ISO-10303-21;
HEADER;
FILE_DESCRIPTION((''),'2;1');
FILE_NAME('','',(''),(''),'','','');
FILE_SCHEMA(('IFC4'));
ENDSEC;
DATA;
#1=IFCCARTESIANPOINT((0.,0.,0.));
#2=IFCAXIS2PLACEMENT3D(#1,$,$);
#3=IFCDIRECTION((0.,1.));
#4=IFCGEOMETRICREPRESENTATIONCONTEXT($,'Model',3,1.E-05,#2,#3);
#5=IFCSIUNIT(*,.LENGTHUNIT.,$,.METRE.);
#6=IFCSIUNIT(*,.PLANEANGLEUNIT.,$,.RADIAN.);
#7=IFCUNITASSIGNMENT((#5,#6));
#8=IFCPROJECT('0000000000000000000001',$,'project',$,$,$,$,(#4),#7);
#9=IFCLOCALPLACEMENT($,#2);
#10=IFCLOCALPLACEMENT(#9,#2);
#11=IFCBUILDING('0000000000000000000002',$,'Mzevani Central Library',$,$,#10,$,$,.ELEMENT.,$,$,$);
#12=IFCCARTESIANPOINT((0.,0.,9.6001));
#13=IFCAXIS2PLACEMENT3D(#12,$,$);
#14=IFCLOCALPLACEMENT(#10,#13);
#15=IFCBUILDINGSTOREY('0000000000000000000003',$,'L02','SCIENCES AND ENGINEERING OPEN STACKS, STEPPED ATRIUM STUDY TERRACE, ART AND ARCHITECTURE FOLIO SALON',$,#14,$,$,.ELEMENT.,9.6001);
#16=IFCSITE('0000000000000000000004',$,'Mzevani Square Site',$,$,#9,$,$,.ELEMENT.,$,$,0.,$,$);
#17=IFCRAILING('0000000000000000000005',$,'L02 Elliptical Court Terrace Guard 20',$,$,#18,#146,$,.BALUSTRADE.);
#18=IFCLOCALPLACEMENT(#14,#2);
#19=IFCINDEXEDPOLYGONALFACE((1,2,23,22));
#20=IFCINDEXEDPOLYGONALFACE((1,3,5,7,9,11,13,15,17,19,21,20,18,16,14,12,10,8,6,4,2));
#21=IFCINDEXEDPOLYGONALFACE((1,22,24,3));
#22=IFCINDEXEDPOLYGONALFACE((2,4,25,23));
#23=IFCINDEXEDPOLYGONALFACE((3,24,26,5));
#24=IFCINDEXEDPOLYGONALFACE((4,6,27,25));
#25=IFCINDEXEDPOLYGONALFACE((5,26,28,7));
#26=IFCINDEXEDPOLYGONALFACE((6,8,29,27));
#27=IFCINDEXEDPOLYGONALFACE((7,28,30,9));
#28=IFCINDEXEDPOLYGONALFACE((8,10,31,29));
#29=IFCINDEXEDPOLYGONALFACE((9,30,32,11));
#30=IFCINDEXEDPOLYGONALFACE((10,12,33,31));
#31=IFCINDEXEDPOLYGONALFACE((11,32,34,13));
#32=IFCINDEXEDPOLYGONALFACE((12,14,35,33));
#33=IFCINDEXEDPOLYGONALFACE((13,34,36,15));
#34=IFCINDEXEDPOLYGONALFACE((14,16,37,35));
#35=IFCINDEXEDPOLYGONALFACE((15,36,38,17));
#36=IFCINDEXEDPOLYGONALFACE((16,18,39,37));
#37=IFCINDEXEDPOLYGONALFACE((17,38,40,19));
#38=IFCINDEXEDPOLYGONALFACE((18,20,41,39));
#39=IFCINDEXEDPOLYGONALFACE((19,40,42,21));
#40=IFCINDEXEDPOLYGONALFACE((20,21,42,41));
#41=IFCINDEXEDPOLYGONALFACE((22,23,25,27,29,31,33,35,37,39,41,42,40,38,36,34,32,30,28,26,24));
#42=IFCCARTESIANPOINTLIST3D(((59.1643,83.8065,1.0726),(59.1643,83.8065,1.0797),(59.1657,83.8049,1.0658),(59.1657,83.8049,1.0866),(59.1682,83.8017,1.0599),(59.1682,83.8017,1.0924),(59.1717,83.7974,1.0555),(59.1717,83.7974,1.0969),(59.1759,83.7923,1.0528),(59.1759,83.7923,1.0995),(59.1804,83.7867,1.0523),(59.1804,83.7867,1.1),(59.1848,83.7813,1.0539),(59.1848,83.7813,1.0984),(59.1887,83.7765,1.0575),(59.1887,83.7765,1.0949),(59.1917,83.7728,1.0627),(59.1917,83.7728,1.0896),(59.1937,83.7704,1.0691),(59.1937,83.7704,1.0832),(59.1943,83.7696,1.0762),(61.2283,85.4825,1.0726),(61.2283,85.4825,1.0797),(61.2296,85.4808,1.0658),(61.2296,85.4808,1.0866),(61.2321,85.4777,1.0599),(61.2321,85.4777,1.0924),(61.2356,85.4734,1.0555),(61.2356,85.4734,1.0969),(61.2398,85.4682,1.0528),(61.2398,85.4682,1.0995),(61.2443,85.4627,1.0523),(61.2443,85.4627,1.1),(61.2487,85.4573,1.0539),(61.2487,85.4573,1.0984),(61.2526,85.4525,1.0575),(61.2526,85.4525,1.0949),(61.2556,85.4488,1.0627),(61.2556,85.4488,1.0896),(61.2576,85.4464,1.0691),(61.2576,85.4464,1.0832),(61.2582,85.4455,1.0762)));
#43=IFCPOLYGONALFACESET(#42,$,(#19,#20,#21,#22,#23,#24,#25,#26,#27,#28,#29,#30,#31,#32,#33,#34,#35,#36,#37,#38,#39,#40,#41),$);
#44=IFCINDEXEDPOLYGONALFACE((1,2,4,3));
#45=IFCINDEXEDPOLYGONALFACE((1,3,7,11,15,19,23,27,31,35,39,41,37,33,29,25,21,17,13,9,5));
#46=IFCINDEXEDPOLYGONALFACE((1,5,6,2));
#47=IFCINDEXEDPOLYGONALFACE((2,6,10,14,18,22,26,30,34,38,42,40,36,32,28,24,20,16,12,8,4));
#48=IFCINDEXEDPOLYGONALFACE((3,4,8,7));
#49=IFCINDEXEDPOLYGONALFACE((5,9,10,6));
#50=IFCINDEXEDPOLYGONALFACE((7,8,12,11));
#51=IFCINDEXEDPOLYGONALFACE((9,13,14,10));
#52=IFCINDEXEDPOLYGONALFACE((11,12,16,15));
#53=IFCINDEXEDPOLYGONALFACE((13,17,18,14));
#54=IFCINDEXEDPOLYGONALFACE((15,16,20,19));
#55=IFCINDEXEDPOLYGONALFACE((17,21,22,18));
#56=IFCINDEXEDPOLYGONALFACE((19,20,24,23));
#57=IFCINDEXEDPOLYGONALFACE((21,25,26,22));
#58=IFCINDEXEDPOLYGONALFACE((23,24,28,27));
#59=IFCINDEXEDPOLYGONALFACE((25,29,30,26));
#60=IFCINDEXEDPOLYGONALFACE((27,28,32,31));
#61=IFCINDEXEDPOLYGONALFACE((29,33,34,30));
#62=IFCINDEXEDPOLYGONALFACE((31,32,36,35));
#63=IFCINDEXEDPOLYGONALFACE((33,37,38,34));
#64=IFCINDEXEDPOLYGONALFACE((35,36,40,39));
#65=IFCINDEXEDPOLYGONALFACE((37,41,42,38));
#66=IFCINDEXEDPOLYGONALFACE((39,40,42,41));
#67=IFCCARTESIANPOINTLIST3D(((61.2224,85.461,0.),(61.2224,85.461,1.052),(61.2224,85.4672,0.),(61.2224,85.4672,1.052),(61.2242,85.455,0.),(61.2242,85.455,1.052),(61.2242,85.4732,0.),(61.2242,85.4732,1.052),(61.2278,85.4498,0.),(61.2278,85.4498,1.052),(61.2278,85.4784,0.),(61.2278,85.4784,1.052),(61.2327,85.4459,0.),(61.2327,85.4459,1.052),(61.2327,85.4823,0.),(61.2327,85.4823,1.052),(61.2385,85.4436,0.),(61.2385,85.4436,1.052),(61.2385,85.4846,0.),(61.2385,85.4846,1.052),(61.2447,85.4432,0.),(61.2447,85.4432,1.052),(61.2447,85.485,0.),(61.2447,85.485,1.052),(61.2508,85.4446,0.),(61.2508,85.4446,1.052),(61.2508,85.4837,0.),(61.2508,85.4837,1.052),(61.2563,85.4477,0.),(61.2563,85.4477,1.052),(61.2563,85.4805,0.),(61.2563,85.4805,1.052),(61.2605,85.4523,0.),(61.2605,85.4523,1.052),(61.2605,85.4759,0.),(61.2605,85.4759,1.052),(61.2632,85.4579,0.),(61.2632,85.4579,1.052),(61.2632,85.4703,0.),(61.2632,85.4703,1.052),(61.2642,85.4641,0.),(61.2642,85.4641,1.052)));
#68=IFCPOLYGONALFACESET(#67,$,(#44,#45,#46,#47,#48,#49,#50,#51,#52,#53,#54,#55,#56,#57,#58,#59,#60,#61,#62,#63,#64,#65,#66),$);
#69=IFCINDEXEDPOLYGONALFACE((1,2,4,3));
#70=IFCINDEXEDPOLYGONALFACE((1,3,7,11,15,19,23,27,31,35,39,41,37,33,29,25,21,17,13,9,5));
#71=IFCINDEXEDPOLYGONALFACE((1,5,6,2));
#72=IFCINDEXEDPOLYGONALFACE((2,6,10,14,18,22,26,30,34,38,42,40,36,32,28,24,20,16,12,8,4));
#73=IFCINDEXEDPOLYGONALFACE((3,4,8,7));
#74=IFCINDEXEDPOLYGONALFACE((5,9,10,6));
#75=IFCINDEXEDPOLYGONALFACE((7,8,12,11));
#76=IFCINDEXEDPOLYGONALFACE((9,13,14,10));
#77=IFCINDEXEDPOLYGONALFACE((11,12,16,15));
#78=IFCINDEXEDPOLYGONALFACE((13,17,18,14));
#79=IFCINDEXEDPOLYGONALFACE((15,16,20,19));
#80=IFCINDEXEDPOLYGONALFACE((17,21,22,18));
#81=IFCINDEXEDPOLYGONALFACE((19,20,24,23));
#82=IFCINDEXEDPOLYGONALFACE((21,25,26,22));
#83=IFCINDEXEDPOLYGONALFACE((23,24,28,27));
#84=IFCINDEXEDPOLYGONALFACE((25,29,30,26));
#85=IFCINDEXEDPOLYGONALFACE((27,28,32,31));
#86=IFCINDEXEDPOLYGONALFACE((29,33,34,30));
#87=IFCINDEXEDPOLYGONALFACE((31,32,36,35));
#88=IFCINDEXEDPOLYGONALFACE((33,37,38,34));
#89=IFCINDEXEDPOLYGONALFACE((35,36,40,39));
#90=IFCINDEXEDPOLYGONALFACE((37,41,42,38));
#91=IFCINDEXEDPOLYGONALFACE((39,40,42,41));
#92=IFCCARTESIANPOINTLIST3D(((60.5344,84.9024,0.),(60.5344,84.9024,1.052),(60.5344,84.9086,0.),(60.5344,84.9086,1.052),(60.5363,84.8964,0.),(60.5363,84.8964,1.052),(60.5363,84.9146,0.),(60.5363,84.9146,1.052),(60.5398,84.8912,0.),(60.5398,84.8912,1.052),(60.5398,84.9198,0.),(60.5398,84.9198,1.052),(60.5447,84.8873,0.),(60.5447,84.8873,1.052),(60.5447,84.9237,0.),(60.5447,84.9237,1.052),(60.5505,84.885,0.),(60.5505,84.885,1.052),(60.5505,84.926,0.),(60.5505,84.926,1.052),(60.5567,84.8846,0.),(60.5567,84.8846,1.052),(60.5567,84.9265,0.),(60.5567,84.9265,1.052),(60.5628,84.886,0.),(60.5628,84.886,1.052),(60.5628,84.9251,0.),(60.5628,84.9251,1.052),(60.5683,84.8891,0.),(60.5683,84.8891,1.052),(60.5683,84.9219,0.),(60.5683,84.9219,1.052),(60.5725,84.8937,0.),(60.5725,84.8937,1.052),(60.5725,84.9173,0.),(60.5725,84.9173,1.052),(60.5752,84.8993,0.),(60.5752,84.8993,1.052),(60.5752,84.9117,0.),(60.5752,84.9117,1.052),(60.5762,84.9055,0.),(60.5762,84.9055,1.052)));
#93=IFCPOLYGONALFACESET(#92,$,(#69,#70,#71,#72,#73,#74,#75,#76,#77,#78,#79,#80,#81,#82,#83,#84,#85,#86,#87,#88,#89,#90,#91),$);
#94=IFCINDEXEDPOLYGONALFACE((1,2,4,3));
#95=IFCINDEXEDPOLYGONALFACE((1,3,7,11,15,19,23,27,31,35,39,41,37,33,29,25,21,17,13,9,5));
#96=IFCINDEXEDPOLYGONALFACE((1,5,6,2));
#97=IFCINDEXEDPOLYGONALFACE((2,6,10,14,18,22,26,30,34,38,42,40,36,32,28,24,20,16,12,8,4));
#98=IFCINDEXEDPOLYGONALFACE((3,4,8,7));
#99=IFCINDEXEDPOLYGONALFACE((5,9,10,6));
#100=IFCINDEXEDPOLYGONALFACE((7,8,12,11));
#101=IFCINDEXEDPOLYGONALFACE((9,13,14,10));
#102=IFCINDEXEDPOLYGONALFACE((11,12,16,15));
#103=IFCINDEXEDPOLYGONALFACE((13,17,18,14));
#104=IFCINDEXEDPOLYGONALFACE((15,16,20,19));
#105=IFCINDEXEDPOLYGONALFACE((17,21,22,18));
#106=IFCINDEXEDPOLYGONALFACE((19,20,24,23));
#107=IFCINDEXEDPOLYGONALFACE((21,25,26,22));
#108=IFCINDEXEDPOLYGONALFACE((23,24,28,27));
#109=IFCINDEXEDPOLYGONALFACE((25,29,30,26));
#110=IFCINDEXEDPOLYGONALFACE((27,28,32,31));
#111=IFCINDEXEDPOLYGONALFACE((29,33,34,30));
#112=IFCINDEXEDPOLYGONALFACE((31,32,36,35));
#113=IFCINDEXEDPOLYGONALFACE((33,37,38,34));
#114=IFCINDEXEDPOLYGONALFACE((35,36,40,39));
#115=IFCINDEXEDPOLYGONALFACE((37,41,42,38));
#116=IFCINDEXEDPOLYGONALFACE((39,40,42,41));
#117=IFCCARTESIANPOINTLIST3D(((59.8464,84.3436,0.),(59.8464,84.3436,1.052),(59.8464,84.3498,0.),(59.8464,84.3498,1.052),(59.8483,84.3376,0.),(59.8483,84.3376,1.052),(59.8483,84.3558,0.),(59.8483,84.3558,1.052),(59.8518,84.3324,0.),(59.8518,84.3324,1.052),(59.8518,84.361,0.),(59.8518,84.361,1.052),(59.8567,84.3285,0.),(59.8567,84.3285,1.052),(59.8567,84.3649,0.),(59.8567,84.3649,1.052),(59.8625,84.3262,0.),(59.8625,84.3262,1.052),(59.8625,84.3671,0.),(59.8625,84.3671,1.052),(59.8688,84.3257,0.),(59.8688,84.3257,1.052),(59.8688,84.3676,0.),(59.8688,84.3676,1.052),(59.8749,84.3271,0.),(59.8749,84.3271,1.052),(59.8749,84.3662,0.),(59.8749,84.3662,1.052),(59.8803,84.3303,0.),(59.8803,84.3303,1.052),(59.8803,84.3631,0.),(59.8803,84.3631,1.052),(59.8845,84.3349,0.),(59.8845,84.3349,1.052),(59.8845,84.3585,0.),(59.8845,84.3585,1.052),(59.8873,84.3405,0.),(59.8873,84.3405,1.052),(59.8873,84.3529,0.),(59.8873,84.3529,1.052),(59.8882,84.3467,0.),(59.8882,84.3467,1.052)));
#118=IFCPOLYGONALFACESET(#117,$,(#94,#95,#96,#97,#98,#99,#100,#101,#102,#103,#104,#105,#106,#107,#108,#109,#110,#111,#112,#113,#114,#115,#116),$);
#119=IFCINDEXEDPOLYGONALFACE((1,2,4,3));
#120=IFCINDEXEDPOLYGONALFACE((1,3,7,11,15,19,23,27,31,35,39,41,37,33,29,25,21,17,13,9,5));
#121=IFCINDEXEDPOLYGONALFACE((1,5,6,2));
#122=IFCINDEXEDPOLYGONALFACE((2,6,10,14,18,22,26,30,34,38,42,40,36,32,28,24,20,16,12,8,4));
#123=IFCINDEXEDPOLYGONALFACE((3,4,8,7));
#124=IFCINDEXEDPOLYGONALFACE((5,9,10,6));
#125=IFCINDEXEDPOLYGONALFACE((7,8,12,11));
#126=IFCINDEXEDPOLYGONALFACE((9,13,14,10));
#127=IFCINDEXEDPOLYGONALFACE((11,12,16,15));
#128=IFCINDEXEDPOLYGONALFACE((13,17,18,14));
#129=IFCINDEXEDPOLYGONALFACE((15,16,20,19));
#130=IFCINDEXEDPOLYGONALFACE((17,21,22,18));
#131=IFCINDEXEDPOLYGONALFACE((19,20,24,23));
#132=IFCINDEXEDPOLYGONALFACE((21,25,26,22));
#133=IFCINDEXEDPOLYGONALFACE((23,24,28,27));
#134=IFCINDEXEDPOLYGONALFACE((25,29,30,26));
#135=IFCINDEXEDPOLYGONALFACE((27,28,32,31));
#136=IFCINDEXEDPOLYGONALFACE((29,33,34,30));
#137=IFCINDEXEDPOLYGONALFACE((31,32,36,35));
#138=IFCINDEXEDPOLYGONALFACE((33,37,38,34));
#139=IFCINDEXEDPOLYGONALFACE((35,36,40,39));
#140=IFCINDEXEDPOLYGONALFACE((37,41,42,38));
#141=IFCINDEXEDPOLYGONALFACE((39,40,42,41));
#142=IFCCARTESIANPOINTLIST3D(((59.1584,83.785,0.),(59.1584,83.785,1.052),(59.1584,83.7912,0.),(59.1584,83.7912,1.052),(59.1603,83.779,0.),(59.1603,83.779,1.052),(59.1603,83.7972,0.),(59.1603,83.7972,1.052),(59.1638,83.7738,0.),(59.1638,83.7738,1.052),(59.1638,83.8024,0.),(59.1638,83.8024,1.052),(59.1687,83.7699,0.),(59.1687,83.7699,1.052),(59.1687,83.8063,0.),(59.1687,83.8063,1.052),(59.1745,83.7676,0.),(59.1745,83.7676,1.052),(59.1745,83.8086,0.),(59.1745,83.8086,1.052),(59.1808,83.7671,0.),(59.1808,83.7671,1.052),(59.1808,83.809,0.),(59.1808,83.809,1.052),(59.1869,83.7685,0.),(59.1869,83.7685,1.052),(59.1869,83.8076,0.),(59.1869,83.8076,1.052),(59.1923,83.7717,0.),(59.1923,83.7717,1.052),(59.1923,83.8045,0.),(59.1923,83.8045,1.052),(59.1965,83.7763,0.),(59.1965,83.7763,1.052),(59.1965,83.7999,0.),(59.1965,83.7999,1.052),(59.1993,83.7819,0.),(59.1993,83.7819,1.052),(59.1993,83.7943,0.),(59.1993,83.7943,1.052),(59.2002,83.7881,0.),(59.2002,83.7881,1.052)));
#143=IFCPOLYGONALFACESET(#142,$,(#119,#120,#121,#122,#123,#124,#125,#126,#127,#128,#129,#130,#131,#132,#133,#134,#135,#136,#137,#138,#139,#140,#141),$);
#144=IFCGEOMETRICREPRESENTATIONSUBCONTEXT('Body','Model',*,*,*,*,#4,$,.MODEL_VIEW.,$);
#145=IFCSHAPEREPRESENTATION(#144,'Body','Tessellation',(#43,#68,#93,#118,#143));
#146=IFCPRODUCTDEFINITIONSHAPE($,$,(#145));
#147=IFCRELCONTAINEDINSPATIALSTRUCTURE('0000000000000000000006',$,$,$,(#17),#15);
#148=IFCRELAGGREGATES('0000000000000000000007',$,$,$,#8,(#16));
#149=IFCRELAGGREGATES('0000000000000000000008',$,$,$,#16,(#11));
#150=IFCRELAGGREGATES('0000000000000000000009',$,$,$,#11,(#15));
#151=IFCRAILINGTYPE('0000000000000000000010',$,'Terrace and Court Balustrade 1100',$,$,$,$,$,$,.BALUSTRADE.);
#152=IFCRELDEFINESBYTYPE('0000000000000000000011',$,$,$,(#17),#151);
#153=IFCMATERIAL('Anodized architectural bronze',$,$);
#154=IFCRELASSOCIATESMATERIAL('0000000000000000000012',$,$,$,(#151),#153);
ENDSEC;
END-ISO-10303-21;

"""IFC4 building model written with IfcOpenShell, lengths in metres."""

from ifc_helpers import new_model, si_unit, direction, frame, origin, origin_2d, place, context, subcontext, project, spatial, circle, extrude, material, type_object, element, save


model = new_model("IFC4")

# Units and contexts
model_context = context("Model", 3, precision=1e-05, world=origin(), true_north=direction((0.0, 1.0)))
body_context = subcontext(model_context, "Body", "Model", "MODEL_VIEW")
ifc_project = project(units=[si_unit("LENGTHUNIT", "METRE"), si_unit("PLANEANGLEUNIT", "RADIAN")], contexts=[model_context])

# Site, building, storey
site_placement = place(None, origin())
site = spatial("IfcSite", under=ifc_project, at=site_placement, Name="Mzevani Square Site", CompositionType="ELEMENT", RefElevation=0.0)
building_placement = place(site_placement, origin())
building = spatial("IfcBuilding", under=site, at=building_placement, Name="Mzevani Central Library", CompositionType="ELEMENT")
storey_placement = place(building_placement, frame((0.0, 0.0, 9.6001)))
storey = spatial("IfcBuildingStorey", under=building, at=storey_placement, Name="L02", Description="SCIENCES AND ENGINEERING OPEN STACKS, STEPPED ATRIUM STUDY TERRACE, ART AND ARCHITECTURE FOLIO SALON", CompositionType="ELEMENT", Elevation=9.6001)

# Railing
ifc_material_1 = material(Name="Anodized architectural bronze")
railing_type = type_object("IfcRailingType", Name="Terrace and Court Balustrade 1100", PredefinedType="BALUSTRADE", material=ifc_material_1)
railing_1_placement = place(storey_placement, frame((61.2432, 85.4641, 0.0)))
element("IfcRailing", 1, at=railing_1_placement, inside=storey, type_object=railing_type, Name="L02 Elliptical Court Terrace Guard 20", PredefinedType="BALUSTRADE", context=body_context, shape_type="SweptSolid", body=[
    extrude(circle(Radius=0.0239, at=origin_2d()), frame((0.0, 0.0, 1.0762), z_axis=(-0.776288, -0.630378, 0.0), x_axis=(0.630378, -0.776288, 0.0)), (0.0, 0.0, 1.0), 2.6587),
    extrude(circle(Radius=0.021, at=origin_2d()), origin(), (0.0, 0.0, 1.0), 1.052),
    extrude(circle(Radius=0.021, at=origin_2d()), frame((-0.688, -0.5586, 0.0)), (0.0, 0.0, 1.0), 1.052),
    extrude(circle(Radius=0.021, at=origin_2d()), frame((-1.376, -1.1174, 0.0)), (0.0, 0.0, 1.0), 1.052),
    extrude(circle(Radius=0.021, at=origin_2d()), frame((-2.064, -1.676, 0.0)), (0.0, 0.0, 1.0), 1.052),
])

save(model, "model.ifc")
